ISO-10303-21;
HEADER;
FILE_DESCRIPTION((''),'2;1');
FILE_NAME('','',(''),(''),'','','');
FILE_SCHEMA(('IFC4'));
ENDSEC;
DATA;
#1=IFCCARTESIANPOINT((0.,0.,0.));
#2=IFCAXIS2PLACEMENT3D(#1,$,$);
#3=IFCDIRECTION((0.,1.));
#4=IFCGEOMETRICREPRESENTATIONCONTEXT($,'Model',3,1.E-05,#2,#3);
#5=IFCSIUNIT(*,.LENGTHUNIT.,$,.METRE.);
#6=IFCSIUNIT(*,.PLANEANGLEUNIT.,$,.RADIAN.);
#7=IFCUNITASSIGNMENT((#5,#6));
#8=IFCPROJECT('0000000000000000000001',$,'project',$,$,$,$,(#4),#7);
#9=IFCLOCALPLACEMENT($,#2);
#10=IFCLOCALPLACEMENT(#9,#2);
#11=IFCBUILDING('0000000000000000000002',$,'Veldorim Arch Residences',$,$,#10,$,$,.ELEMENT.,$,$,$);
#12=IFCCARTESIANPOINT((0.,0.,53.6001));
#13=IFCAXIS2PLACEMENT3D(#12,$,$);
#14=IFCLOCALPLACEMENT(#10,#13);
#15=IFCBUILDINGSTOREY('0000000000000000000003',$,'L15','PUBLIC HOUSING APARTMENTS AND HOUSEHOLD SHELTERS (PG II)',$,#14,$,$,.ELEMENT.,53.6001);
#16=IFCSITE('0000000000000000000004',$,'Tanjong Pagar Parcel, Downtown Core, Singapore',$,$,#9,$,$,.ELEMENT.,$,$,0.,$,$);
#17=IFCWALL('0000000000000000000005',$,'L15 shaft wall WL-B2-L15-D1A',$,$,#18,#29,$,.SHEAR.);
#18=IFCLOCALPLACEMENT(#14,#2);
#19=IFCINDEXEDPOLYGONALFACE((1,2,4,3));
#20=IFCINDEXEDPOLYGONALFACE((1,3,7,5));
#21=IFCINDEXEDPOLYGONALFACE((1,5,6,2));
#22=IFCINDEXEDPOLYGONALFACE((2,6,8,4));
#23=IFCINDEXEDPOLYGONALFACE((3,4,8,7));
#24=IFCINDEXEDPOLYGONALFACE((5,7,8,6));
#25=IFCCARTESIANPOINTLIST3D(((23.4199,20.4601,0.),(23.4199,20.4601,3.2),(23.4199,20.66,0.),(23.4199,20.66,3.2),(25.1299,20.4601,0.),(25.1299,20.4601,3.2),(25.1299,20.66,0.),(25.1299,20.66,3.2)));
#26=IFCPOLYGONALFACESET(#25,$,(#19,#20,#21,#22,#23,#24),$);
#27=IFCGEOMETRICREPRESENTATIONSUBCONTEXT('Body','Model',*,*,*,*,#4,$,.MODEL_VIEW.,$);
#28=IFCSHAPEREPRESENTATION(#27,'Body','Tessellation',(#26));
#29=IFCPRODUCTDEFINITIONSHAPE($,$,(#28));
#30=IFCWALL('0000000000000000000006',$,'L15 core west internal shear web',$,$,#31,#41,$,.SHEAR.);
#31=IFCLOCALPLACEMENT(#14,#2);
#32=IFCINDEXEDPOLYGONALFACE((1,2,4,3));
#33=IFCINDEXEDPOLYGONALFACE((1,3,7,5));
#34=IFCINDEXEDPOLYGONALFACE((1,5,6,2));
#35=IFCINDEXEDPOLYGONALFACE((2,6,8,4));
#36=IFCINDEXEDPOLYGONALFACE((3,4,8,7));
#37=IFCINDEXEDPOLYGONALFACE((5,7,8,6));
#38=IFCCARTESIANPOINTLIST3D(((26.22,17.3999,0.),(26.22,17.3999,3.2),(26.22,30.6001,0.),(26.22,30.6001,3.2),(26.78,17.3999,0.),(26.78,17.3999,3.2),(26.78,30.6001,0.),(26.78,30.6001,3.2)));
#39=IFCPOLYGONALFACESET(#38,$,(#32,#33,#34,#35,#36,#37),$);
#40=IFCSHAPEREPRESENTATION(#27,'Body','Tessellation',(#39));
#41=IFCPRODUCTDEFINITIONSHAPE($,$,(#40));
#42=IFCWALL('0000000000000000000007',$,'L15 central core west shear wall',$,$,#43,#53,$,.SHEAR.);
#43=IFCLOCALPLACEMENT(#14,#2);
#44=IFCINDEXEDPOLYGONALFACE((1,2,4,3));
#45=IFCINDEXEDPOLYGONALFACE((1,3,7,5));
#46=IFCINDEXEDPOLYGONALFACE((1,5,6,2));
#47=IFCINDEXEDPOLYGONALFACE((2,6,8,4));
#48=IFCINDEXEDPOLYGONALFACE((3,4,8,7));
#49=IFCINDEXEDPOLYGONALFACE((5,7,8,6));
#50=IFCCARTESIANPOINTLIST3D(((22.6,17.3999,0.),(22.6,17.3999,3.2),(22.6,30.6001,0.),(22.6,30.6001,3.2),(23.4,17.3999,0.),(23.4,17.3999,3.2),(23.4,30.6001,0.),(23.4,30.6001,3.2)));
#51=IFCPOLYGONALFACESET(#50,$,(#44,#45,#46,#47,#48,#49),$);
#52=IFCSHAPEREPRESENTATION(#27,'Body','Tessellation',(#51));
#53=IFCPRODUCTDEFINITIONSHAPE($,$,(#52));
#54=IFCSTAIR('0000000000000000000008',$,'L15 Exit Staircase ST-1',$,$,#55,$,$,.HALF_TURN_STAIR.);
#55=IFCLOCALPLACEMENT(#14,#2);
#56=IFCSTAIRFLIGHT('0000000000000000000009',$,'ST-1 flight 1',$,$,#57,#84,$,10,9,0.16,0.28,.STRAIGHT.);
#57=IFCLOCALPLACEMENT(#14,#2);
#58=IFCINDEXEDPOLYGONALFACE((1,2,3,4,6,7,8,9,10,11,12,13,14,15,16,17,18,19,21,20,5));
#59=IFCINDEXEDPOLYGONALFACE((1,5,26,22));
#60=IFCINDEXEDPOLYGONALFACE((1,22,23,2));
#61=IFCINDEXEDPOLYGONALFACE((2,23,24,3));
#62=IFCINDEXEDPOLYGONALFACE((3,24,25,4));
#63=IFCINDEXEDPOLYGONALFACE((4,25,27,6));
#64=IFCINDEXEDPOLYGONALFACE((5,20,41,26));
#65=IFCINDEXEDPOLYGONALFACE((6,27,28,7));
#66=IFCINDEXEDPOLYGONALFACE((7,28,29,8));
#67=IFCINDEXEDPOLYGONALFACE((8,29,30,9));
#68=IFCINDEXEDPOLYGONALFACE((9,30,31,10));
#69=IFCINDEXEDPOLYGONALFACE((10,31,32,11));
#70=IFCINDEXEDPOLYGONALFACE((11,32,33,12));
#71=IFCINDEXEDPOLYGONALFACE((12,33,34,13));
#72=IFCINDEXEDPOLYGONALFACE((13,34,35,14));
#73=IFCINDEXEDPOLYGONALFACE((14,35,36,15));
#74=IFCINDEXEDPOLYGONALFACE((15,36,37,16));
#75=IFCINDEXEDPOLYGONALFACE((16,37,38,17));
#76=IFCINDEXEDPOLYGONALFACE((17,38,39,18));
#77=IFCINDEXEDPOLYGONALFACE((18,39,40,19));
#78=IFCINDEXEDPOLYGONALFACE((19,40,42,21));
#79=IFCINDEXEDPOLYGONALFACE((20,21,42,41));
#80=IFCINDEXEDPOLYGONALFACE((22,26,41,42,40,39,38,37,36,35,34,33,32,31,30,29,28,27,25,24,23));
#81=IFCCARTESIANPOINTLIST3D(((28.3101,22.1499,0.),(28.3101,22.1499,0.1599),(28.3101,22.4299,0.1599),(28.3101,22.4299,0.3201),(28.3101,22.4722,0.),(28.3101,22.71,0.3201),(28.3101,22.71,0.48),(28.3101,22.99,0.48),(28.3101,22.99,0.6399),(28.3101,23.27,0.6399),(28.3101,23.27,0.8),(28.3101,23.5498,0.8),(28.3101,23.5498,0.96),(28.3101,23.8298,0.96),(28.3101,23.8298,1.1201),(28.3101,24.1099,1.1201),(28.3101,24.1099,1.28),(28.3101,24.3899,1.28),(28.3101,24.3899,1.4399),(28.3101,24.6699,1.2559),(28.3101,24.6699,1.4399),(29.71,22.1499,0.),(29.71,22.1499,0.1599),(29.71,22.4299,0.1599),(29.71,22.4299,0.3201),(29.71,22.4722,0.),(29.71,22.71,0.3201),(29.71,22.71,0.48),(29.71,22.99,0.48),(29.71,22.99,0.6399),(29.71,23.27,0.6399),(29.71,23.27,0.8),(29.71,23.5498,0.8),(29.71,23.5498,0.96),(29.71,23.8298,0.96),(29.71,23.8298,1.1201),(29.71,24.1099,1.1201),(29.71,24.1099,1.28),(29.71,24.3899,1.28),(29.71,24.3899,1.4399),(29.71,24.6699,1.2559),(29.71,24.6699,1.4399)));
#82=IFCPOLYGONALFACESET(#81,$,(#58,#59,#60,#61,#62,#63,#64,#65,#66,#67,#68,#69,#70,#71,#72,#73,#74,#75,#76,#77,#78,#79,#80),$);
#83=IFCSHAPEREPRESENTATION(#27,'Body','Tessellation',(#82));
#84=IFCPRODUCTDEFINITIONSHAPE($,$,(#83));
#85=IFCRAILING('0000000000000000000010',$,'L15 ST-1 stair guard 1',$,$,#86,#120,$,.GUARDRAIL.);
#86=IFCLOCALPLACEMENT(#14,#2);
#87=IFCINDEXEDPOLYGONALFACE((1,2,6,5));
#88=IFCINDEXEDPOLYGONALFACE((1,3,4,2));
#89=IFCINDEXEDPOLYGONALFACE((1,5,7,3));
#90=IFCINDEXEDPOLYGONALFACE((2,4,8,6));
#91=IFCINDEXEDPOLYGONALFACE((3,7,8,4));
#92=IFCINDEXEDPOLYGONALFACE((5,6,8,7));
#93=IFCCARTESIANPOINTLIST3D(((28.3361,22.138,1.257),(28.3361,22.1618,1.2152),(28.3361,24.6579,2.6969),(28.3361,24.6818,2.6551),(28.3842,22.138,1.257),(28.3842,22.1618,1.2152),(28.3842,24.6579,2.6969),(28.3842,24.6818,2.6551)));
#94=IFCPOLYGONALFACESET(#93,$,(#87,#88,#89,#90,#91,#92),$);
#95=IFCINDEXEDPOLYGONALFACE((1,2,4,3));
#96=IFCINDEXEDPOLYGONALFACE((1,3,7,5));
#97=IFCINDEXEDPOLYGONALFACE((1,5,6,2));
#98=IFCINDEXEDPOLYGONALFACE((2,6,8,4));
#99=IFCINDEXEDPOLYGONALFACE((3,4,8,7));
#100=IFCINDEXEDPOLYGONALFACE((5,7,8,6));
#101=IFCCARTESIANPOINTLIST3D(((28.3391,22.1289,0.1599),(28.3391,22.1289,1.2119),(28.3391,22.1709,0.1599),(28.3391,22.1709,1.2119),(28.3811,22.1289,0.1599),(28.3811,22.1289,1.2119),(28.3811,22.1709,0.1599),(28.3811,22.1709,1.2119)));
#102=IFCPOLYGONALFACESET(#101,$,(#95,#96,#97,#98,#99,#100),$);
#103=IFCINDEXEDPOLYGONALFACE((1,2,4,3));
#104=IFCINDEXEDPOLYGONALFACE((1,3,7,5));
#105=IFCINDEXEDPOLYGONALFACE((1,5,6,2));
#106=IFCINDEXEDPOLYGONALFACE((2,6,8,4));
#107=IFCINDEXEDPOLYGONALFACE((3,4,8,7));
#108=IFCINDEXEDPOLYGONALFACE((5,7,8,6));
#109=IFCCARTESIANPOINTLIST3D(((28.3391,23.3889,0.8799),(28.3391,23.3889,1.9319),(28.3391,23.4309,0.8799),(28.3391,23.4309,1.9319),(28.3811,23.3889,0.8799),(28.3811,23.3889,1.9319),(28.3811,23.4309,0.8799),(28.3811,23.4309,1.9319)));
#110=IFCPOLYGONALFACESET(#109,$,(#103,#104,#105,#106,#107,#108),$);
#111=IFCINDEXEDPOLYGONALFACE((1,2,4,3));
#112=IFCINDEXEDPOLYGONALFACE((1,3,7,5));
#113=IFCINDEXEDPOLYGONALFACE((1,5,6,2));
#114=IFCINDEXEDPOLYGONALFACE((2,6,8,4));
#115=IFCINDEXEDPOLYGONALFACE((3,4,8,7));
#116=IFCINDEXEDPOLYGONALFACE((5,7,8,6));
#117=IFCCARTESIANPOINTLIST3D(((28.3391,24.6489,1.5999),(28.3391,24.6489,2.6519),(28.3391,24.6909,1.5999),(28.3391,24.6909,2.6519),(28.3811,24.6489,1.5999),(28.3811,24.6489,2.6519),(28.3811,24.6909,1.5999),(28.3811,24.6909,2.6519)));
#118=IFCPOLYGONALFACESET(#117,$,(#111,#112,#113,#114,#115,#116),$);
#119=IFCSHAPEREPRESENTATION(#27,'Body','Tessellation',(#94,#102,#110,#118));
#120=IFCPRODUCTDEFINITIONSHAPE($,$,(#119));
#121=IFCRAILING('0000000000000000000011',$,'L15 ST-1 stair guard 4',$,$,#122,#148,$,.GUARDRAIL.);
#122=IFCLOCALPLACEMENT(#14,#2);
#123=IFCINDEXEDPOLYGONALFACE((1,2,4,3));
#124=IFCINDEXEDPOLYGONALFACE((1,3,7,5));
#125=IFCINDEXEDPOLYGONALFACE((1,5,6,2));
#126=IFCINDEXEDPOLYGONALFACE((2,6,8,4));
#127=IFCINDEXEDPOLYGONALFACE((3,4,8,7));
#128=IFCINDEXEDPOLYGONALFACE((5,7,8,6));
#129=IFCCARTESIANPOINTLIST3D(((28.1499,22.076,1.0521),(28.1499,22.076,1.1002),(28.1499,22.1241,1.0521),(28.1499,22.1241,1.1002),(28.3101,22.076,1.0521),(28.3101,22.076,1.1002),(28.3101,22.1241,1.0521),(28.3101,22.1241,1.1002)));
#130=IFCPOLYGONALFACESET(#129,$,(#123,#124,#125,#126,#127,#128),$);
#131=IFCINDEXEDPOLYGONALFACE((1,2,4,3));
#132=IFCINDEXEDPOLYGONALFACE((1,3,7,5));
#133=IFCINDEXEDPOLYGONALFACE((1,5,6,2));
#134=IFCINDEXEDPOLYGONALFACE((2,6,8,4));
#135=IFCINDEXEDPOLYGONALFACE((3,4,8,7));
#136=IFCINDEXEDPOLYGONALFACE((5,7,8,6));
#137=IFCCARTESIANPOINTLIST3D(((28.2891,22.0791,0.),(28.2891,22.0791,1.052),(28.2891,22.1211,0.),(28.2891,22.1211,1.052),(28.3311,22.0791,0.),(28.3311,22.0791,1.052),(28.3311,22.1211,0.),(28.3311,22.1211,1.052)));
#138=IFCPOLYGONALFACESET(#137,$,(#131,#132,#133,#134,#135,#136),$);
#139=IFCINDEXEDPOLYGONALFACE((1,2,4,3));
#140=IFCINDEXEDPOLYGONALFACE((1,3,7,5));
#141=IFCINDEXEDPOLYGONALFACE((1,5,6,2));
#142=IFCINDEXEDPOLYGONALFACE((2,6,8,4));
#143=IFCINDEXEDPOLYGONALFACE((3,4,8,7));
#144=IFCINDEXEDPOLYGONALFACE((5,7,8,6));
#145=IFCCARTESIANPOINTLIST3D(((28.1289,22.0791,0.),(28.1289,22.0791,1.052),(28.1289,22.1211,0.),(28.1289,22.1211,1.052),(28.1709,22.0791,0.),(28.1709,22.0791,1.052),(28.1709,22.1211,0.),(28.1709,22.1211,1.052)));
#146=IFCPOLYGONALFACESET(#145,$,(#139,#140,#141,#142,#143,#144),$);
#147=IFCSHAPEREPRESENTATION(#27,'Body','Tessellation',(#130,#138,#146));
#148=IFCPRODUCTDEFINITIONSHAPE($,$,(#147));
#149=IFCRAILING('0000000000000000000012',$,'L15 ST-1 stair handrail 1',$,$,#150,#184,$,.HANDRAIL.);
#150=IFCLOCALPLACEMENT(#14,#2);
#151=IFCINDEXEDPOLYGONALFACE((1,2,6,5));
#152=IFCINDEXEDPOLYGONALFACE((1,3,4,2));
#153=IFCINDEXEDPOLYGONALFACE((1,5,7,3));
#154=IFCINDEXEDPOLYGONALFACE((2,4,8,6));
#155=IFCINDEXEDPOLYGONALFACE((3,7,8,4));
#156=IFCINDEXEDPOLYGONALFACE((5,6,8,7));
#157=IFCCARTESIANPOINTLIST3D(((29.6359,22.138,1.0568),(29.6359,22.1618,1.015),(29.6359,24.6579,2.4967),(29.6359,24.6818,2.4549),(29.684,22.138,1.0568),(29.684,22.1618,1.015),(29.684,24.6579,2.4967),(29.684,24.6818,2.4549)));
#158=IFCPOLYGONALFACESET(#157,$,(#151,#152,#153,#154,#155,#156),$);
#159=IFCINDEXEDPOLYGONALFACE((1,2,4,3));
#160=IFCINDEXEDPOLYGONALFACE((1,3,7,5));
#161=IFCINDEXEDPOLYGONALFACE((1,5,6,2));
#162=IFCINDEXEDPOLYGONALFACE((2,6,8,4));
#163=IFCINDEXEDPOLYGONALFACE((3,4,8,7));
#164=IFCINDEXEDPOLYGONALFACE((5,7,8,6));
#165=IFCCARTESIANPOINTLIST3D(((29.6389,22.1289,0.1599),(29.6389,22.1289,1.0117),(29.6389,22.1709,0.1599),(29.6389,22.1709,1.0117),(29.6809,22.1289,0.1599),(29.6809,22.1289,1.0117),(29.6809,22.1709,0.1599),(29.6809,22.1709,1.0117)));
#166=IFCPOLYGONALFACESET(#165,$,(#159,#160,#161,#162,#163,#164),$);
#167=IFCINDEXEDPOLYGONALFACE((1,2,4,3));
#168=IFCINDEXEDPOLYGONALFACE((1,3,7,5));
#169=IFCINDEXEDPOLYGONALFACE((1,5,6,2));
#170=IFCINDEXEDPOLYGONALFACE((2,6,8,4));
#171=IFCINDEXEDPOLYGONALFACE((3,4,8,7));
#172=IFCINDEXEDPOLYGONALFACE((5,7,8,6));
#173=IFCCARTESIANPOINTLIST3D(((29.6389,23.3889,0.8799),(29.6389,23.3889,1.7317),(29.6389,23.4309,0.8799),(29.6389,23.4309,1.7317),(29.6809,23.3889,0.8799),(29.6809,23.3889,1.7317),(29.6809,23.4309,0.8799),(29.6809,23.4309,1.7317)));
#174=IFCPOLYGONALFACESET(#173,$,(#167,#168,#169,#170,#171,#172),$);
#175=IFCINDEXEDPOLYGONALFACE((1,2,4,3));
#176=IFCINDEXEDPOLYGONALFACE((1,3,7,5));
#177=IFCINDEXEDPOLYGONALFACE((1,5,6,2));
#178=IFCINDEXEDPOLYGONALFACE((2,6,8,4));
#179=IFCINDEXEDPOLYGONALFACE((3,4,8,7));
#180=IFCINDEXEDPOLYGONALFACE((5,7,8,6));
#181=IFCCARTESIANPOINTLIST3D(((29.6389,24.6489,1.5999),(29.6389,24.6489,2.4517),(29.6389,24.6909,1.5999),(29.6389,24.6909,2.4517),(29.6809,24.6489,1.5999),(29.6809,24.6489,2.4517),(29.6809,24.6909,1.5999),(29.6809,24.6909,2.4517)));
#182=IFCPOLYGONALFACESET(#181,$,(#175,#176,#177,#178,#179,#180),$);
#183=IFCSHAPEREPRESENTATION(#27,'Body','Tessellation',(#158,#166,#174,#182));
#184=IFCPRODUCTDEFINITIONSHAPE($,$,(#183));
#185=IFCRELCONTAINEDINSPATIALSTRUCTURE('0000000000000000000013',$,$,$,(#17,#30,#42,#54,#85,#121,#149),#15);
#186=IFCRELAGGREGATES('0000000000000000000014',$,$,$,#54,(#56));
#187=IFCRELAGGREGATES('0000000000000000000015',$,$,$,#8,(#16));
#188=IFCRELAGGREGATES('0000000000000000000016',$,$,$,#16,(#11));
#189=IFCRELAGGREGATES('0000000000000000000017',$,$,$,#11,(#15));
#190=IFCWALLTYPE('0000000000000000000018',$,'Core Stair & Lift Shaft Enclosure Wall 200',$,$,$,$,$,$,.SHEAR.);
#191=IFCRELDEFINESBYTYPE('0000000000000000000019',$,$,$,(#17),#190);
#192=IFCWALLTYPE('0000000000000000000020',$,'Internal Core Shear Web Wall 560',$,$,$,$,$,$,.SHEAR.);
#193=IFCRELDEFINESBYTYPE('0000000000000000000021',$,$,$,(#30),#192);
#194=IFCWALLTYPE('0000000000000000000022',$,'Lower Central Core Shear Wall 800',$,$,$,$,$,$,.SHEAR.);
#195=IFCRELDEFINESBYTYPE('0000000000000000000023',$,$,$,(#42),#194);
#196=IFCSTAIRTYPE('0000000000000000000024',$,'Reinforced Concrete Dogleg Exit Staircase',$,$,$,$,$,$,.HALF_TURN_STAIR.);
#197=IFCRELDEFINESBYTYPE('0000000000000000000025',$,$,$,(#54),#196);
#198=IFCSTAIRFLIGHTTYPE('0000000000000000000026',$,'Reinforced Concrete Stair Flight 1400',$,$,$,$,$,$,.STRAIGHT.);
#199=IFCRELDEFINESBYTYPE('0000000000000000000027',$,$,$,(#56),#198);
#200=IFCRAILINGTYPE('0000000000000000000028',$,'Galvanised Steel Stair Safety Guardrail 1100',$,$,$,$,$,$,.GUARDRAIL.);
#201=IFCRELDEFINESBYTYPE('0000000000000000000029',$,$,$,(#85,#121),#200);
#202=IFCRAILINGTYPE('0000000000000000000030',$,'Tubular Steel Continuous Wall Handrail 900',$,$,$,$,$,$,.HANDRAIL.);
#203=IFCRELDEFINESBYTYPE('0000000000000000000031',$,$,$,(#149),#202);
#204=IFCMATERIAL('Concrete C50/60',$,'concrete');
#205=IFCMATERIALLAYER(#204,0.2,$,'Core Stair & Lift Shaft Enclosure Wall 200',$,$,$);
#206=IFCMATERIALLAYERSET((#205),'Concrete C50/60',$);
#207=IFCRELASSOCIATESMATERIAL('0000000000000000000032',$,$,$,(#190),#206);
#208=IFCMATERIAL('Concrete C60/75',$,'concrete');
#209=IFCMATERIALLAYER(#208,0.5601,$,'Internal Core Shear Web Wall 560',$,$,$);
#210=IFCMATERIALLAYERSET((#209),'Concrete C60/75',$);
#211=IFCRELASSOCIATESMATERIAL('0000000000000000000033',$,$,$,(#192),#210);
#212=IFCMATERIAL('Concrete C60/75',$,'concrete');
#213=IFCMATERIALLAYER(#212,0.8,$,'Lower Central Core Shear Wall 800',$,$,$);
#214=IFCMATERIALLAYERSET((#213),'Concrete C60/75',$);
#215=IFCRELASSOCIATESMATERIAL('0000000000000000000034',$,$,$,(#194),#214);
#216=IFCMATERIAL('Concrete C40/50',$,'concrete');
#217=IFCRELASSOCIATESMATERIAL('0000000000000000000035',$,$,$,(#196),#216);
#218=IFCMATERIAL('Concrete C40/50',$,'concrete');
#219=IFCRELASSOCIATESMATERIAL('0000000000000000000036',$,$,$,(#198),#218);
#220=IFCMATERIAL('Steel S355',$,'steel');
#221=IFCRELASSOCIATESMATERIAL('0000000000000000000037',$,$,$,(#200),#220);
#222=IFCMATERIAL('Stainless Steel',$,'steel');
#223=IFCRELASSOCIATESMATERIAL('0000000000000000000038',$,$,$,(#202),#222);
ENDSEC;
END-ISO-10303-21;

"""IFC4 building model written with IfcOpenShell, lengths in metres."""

from ifc_helpers import new_model, si_unit, direction, frame, frame_2d, origin, origin_2d, place, context, subcontext, project, spatial, polyline, rectangle, outline, extrude, material, layer, layer_set, type_object, element, aggregate, save


model = new_model("IFC4")

# Units and contexts
model_context = context("Model", 3, precision=1e-05, world=origin(), true_north=direction((0.0, 1.0)))
body_context = subcontext(model_context, "Body", "Model", "MODEL_VIEW")
ifc_project = project(units=[si_unit("LENGTHUNIT", "METRE"), si_unit("PLANEANGLEUNIT", "RADIAN")], contexts=[model_context])

# Site, building, storey
site_placement = place(None, origin())
site = spatial("IfcSite", under=ifc_project, at=site_placement, Name="Tanjong Pagar Parcel, Downtown Core, Singapore", CompositionType="ELEMENT", RefElevation=0.0)
building_placement = place(site_placement, origin())
building = spatial("IfcBuilding", under=site, at=building_placement, Name="Veldorim Arch Residences", CompositionType="ELEMENT")
storey_placement = place(building_placement, frame((0.0, 0.0, 53.6001)))
storey = spatial("IfcBuildingStorey", under=building, at=storey_placement, Name="L15", Description="PUBLIC HOUSING APARTMENTS AND HOUSEHOLD SHELTERS (PG II)", CompositionType="ELEMENT", Elevation=53.6001)

# Shared definitions
ifc_material_1 = material(Name="Concrete C50/60", Category="concrete")
ifc_layer_1 = layer(ifc_material_1, 0.2, Name="Core Stair & Lift Shaft Enclosure Wall 200")
ifc_layer_set_1 = layer_set([ifc_layer_1], Name="Concrete C50/60")
wall_type_1 = type_object("IfcWallType", Name="Core Stair & Lift Shaft Enclosure Wall 200", PredefinedType="SHEAR", material=ifc_layer_set_1)

# Walls
for number, where, z_axis, x_axis, name in (
    (1, (23.4199, 20.5601, 0.0), (0.0, 0.0, 1.0), (1.0, 0.0, 0.0), "L15 shaft wall WL-B2-L15-D1A"),
):
    element("IfcWall", number, at=place(storey_placement, frame(where, z_axis=z_axis, x_axis=x_axis)), inside=storey, type_object=wall_type_1, Name=name, PredefinedType="SHEAR", context=body_context, shape_type="SweptSolid", body=[
        extrude(rectangle(XDim=1.71, YDim=0.2, at=frame_2d((0.855, 0.0))), origin(), (0.0, 0.0, 1.0), 3.2),
    ])
ifc_material_2 = material(Name="Concrete C60/75", Category="concrete")
ifc_layer_2 = layer(ifc_material_2, 0.5601, Name="Internal Core Shear Web Wall 560")
ifc_layer_set_2 = layer_set([ifc_layer_2], Name="Concrete C60/75")
wall_type_2 = type_object("IfcWallType", Name="Internal Core Shear Web Wall 560", PredefinedType="SHEAR", material=ifc_layer_set_2)
wall_1_placement = place(storey_placement, frame((26.5, 17.3999, 0.0), z_axis=(0.0, 0.0, 1.0), x_axis=(0.0, 1.0, 0.0)))
element("IfcWall", 2, at=wall_1_placement, inside=storey, type_object=wall_type_2, Name="L15 core west internal shear web", PredefinedType="SHEAR", context=body_context, shape_type="SweptSolid", body=[
    extrude(rectangle(XDim=13.2002, YDim=0.5601, at=frame_2d((6.6001, 0.0))), origin(), (0.0, 0.0, 1.0), 3.2),
])
ifc_material_3 = material(Name="Concrete C60/75", Category="concrete")
ifc_layer_3 = layer(ifc_material_3, 0.8, Name="Lower Central Core Shear Wall 800")
ifc_layer_set_3 = layer_set([ifc_layer_3], Name="Concrete C60/75")
wall_type_3 = type_object("IfcWallType", Name="Lower Central Core Shear Wall 800", PredefinedType="SHEAR", material=ifc_layer_set_3)
wall_2_placement = place(storey_placement, frame((23.0, 17.3999, 0.0), z_axis=(0.0, 0.0, 1.0), x_axis=(0.0, 1.0, 0.0)))
element("IfcWall", 3, at=wall_2_placement, inside=storey, type_object=wall_type_3, Name="L15 central core west shear wall", PredefinedType="SHEAR", context=body_context, shape_type="SweptSolid", body=[
    extrude(rectangle(XDim=13.2002, YDim=0.8, at=frame_2d((6.6001, 0.0))), origin(), (0.0, 0.0, 1.0), 3.2),
])

# Stair, stair flight
ifc_material_4 = material(Name="Concrete C40/50", Category="concrete")
stair_type = type_object("IfcStairType", Name="Reinforced Concrete Dogleg Exit Staircase", PredefinedType="HALF_TURN_STAIR", material=ifc_material_4)
stair_placement = place(storey_placement, origin())
stair = element("IfcStair", 4, at=stair_placement, inside=storey, type_object=stair_type, Name="L15 Exit Staircase ST-1", PredefinedType="HALF_TURN_STAIR")
ifc_material_5 = material(Name="Concrete C40/50", Category="concrete")
stair_flight_type = type_object("IfcStairFlightType", Name="Reinforced Concrete Stair Flight 1400", PredefinedType="STRAIGHT", material=ifc_material_5)
stair_flight_placement = place(storey_placement, frame((29.01, 22.1499, 0.0), z_axis=(0.0, 0.0, 1.0), x_axis=(0.0, 1.0, 0.0)))
stair_flight = element("IfcStairFlight", 5, at=stair_flight_placement, type_object=stair_flight_type, Name="ST-1 flight 1", NumberOfRisers=10, NumberOfTreads=9, PredefinedType="STRAIGHT", RiserHeight=0.16, TreadLength=0.28, context=body_context, shape_type="SweptSolid", body=[
    extrude(outline(polyline([(0.0, 0.0), (0.0, 0.1599), (0.28, 0.1599), (0.28, 0.3201), (0.5601, 0.3201), (0.5601, 0.48), (0.8401, 0.48), (0.8401, 0.6399), (1.1201, 0.6399), (1.1201, 0.8), (1.3999, 0.8), (1.3999, 0.96), (1.6799, 0.96), (1.6799, 1.1201), (1.96, 1.1201), (1.96, 1.28), (2.24, 1.28), (2.24, 1.4399), (2.52, 1.4399), (2.52, 1.6001), (2.52, 1.2559), (0.3223, 0.0), (0.0, 0.0)])), frame((0.0, 0.7, 0.0), z_axis=(0.0, -1.0, 0.0), x_axis=(1.0, 0.0, 0.0)), (0.0, 0.0, 1.0), 1.3999),
])
aggregate(stair, [stair_flight])

# Railings
ifc_material_6 = material(Name="Steel S355", Category="steel")
railing_type_1 = type_object("IfcRailingType", Name="Galvanised Steel Stair Safety Guardrail 1100", PredefinedType="GUARDRAIL", material=ifc_material_6)
railing_1_placement = place(storey_placement, frame((28.3601, 22.1499, 0.1599)))
element("IfcRailing", 6, at=railing_1_placement, inside=storey, type_object=railing_type_1, Name="L15 ST-1 stair guard 1", PredefinedType="GUARDRAIL", context=body_context, shape_type="SweptSolid", body=[
    extrude(rectangle(XDim=0.0481, YDim=0.0481, at=origin_2d()), frame((0.0, 0.0, 1.0762), z_axis=(0.0, 0.868253, 0.496121), x_axis=(-1.0, 0.0, 0.0)), (0.0, 0.0, 1.0), 2.9023),
    extrude(rectangle(XDim=0.042, YDim=0.042, at=origin_2d()), origin(), (0.0, 0.0, 1.0), 1.052),
    extrude(rectangle(XDim=0.042, YDim=0.042, at=origin_2d()), frame((0.0, 1.26, 0.72)), (0.0, 0.0, 1.0), 1.052),
    extrude(rectangle(XDim=0.042, YDim=0.042, at=origin_2d()), frame((0.0, 2.52, 1.4399)), (0.0, 0.0, 1.0), 1.052),
])
railing_2_placement = place(storey_placement, frame((28.3101, 22.1001, 0.0)))
element("IfcRailing", 7, at=railing_2_placement, inside=storey, type_object=railing_type_1, Name="L15 ST-1 stair guard 4", PredefinedType="GUARDRAIL", context=body_context, shape_type="SweptSolid", body=[
    extrude(rectangle(XDim=0.0481, YDim=0.0481, at=origin_2d()), frame((0.0, 0.0, 1.0762), z_axis=(-1.0, 0.0, 0.0), x_axis=(0.0, -1.0, 0.0)), (0.0, 0.0, 1.0), 0.1602),
    extrude(rectangle(XDim=0.042, YDim=0.042, at=origin_2d()), origin(), (0.0, 0.0, 1.0), 1.052),
    extrude(rectangle(XDim=0.042, YDim=0.042, at=origin_2d()), frame((-0.1602, 0.0, 0.0)), (0.0, 0.0, 1.0), 1.052),
])
ifc_material_7 = material(Name="Stainless Steel", Category="steel")
railing_type_2 = type_object("IfcRailingType", Name="Tubular Steel Continuous Wall Handrail 900", PredefinedType="HANDRAIL", material=ifc_material_7)
railing_3_placement = place(storey_placement, frame((29.6599, 22.1499, 0.1599)))
element("IfcRailing", 8, at=railing_3_placement, inside=storey, type_object=railing_type_2, Name="L15 ST-1 stair handrail 1", PredefinedType="HANDRAIL", context=body_context, shape_type="SweptSolid", body=[
    extrude(rectangle(XDim=0.0481, YDim=0.0481, at=origin_2d()), frame((0.0, 0.0, 0.876), z_axis=(0.0, 0.868253, 0.496121), x_axis=(-1.0, 0.0, 0.0)), (0.0, 0.0, 1.0), 2.9023),
    extrude(rectangle(XDim=0.042, YDim=0.042, at=origin_2d()), origin(), (0.0, 0.0, 1.0), 0.8518),
    extrude(rectangle(XDim=0.042, YDim=0.042, at=origin_2d()), frame((0.0, 1.26, 0.72)), (0.0, 0.0, 1.0), 0.8518),
    extrude(rectangle(XDim=0.042, YDim=0.042, at=origin_2d()), frame((0.0, 2.52, 1.4399)), (0.0, 0.0, 1.0), 0.8518),
])

save(model, "model.ifc")
